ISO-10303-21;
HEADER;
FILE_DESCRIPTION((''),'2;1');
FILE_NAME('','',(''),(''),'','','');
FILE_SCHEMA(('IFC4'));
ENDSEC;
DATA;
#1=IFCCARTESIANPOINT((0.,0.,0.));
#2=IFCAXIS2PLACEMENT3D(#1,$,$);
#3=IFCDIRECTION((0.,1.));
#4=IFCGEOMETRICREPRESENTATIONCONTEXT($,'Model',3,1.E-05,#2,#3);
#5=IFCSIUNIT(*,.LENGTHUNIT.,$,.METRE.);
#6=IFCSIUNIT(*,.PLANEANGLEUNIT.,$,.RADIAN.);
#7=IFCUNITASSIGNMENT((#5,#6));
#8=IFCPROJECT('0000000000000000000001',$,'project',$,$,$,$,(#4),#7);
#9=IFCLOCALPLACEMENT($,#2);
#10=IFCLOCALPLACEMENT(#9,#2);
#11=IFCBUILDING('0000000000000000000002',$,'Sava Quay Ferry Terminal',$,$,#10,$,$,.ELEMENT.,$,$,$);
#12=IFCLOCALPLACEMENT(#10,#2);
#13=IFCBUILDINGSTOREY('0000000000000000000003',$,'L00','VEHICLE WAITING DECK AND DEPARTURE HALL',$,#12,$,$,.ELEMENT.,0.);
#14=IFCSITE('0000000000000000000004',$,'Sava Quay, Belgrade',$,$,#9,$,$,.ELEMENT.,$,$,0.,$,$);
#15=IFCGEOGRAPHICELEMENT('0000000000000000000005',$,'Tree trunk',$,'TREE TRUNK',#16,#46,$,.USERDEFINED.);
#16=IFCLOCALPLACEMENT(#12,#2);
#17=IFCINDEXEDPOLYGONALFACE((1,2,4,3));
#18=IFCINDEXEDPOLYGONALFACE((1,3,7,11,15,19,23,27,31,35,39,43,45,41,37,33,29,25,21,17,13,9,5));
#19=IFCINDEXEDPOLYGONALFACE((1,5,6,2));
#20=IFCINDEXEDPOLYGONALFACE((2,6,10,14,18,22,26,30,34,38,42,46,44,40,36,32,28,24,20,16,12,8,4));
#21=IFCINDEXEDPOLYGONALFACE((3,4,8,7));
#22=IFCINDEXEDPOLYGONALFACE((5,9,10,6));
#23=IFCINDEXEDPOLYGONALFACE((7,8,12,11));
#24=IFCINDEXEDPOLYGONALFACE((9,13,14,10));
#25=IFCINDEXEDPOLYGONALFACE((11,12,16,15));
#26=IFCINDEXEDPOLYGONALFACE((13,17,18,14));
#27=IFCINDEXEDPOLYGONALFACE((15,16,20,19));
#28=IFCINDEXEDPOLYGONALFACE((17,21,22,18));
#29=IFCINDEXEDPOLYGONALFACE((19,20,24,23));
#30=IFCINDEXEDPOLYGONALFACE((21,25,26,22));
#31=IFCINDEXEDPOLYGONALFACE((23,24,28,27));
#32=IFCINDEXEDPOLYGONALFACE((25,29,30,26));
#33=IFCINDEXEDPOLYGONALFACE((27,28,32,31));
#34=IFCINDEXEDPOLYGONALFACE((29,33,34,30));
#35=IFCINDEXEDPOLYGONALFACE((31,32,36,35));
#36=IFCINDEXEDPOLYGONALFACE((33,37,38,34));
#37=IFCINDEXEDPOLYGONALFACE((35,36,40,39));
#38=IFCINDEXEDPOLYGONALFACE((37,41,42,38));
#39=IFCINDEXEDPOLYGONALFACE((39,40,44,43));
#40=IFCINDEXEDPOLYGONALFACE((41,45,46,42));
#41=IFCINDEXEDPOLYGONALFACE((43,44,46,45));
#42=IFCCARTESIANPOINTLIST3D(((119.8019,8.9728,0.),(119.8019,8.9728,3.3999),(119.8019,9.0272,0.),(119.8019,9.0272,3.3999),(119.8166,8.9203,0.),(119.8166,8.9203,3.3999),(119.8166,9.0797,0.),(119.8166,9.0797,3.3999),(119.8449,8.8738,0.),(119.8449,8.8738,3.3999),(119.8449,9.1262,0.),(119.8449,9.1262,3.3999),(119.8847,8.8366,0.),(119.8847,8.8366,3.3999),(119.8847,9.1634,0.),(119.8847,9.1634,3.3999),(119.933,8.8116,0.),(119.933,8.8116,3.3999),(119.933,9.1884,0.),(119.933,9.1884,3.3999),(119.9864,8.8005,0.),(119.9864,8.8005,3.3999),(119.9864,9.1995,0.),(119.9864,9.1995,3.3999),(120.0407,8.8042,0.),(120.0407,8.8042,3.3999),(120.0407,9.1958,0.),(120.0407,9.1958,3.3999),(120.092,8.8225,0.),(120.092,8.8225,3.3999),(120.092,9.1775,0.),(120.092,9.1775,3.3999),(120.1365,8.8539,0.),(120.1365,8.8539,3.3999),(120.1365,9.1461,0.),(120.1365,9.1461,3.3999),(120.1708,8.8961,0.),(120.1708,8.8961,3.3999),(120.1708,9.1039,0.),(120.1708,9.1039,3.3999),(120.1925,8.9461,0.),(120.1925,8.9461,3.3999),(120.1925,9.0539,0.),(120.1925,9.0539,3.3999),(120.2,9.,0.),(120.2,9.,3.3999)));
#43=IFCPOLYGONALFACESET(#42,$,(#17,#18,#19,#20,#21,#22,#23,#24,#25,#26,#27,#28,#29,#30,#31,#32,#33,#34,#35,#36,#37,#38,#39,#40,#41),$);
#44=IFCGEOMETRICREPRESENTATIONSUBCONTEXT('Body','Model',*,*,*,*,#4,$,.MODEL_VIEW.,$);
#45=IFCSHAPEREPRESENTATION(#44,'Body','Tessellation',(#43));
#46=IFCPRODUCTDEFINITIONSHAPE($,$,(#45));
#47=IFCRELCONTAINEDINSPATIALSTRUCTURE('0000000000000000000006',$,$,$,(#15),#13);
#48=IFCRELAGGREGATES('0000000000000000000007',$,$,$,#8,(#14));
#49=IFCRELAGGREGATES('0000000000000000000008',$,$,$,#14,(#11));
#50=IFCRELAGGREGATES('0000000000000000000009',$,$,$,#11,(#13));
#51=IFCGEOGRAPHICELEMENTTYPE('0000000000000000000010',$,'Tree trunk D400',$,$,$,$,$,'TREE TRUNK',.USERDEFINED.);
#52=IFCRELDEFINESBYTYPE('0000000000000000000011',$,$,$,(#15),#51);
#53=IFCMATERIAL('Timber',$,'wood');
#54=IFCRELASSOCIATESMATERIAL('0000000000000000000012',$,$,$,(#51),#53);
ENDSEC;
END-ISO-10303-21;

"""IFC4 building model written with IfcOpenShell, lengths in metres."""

from ifc_helpers import new_model, si_unit, direction, frame, origin, origin_2d, place, context, subcontext, project, spatial, circle, extrude, material, type_object, element, save


model = new_model("IFC4")

# Units and contexts
model_context = context("Model", 3, precision=1e-05, world=origin(), true_north=direction((0.0, 1.0)))
body_context = subcontext(model_context, "Body", "Model", "MODEL_VIEW")
ifc_project = project(units=[si_unit("LENGTHUNIT", "METRE"), si_unit("PLANEANGLEUNIT", "RADIAN")], contexts=[model_context])

# Site, building, storey
site_placement = place(None, origin())
site = spatial("IfcSite", under=ifc_project, at=site_placement, Name="Sava Quay, Belgrade", CompositionType="ELEMENT", RefElevation=0.0)
building_placement = place(site_placement, origin())
building = spatial("IfcBuilding", under=site, at=building_placement, Name="Sava Quay Ferry Terminal", CompositionType="ELEMENT")
storey_placement = place(building_placement, origin())
storey = spatial("IfcBuildingStorey", under=building, at=storey_placement, Name="L00", Description="VEHICLE WAITING DECK AND DEPARTURE HALL", CompositionType="ELEMENT", Elevation=0.0)

# Geographic element
ifc_material_1 = material(Name="Timber", Category="wood")
geographic_element_type_1 = type_object("IfcGeographicElementType", Name="Tree trunk D400", ElementType="TREE TRUNK", PredefinedType="USERDEFINED", material=ifc_material_1)
for number, where, z_axis, x_axis, name in (
    (1, (120.0, 9.0, 3.3999), (0.0, 0.0, -1.0), (1.0, 0.0, 0.0), "Tree trunk"),
):
    element("IfcGeographicElement", number, at=place(storey_placement, frame(where, z_axis=z_axis, x_axis=x_axis)), inside=storey, type_object=geographic_element_type_1, Name=name, ObjectType="TREE TRUNK", PredefinedType="USERDEFINED", context=body_context, shape_type="SweptSolid", body=[
        extrude(circle(Radius=0.2, at=origin_2d()), origin(), (0.0, 0.0, 1.0), 3.3999),
    ])

save(model, "model.ifc")
